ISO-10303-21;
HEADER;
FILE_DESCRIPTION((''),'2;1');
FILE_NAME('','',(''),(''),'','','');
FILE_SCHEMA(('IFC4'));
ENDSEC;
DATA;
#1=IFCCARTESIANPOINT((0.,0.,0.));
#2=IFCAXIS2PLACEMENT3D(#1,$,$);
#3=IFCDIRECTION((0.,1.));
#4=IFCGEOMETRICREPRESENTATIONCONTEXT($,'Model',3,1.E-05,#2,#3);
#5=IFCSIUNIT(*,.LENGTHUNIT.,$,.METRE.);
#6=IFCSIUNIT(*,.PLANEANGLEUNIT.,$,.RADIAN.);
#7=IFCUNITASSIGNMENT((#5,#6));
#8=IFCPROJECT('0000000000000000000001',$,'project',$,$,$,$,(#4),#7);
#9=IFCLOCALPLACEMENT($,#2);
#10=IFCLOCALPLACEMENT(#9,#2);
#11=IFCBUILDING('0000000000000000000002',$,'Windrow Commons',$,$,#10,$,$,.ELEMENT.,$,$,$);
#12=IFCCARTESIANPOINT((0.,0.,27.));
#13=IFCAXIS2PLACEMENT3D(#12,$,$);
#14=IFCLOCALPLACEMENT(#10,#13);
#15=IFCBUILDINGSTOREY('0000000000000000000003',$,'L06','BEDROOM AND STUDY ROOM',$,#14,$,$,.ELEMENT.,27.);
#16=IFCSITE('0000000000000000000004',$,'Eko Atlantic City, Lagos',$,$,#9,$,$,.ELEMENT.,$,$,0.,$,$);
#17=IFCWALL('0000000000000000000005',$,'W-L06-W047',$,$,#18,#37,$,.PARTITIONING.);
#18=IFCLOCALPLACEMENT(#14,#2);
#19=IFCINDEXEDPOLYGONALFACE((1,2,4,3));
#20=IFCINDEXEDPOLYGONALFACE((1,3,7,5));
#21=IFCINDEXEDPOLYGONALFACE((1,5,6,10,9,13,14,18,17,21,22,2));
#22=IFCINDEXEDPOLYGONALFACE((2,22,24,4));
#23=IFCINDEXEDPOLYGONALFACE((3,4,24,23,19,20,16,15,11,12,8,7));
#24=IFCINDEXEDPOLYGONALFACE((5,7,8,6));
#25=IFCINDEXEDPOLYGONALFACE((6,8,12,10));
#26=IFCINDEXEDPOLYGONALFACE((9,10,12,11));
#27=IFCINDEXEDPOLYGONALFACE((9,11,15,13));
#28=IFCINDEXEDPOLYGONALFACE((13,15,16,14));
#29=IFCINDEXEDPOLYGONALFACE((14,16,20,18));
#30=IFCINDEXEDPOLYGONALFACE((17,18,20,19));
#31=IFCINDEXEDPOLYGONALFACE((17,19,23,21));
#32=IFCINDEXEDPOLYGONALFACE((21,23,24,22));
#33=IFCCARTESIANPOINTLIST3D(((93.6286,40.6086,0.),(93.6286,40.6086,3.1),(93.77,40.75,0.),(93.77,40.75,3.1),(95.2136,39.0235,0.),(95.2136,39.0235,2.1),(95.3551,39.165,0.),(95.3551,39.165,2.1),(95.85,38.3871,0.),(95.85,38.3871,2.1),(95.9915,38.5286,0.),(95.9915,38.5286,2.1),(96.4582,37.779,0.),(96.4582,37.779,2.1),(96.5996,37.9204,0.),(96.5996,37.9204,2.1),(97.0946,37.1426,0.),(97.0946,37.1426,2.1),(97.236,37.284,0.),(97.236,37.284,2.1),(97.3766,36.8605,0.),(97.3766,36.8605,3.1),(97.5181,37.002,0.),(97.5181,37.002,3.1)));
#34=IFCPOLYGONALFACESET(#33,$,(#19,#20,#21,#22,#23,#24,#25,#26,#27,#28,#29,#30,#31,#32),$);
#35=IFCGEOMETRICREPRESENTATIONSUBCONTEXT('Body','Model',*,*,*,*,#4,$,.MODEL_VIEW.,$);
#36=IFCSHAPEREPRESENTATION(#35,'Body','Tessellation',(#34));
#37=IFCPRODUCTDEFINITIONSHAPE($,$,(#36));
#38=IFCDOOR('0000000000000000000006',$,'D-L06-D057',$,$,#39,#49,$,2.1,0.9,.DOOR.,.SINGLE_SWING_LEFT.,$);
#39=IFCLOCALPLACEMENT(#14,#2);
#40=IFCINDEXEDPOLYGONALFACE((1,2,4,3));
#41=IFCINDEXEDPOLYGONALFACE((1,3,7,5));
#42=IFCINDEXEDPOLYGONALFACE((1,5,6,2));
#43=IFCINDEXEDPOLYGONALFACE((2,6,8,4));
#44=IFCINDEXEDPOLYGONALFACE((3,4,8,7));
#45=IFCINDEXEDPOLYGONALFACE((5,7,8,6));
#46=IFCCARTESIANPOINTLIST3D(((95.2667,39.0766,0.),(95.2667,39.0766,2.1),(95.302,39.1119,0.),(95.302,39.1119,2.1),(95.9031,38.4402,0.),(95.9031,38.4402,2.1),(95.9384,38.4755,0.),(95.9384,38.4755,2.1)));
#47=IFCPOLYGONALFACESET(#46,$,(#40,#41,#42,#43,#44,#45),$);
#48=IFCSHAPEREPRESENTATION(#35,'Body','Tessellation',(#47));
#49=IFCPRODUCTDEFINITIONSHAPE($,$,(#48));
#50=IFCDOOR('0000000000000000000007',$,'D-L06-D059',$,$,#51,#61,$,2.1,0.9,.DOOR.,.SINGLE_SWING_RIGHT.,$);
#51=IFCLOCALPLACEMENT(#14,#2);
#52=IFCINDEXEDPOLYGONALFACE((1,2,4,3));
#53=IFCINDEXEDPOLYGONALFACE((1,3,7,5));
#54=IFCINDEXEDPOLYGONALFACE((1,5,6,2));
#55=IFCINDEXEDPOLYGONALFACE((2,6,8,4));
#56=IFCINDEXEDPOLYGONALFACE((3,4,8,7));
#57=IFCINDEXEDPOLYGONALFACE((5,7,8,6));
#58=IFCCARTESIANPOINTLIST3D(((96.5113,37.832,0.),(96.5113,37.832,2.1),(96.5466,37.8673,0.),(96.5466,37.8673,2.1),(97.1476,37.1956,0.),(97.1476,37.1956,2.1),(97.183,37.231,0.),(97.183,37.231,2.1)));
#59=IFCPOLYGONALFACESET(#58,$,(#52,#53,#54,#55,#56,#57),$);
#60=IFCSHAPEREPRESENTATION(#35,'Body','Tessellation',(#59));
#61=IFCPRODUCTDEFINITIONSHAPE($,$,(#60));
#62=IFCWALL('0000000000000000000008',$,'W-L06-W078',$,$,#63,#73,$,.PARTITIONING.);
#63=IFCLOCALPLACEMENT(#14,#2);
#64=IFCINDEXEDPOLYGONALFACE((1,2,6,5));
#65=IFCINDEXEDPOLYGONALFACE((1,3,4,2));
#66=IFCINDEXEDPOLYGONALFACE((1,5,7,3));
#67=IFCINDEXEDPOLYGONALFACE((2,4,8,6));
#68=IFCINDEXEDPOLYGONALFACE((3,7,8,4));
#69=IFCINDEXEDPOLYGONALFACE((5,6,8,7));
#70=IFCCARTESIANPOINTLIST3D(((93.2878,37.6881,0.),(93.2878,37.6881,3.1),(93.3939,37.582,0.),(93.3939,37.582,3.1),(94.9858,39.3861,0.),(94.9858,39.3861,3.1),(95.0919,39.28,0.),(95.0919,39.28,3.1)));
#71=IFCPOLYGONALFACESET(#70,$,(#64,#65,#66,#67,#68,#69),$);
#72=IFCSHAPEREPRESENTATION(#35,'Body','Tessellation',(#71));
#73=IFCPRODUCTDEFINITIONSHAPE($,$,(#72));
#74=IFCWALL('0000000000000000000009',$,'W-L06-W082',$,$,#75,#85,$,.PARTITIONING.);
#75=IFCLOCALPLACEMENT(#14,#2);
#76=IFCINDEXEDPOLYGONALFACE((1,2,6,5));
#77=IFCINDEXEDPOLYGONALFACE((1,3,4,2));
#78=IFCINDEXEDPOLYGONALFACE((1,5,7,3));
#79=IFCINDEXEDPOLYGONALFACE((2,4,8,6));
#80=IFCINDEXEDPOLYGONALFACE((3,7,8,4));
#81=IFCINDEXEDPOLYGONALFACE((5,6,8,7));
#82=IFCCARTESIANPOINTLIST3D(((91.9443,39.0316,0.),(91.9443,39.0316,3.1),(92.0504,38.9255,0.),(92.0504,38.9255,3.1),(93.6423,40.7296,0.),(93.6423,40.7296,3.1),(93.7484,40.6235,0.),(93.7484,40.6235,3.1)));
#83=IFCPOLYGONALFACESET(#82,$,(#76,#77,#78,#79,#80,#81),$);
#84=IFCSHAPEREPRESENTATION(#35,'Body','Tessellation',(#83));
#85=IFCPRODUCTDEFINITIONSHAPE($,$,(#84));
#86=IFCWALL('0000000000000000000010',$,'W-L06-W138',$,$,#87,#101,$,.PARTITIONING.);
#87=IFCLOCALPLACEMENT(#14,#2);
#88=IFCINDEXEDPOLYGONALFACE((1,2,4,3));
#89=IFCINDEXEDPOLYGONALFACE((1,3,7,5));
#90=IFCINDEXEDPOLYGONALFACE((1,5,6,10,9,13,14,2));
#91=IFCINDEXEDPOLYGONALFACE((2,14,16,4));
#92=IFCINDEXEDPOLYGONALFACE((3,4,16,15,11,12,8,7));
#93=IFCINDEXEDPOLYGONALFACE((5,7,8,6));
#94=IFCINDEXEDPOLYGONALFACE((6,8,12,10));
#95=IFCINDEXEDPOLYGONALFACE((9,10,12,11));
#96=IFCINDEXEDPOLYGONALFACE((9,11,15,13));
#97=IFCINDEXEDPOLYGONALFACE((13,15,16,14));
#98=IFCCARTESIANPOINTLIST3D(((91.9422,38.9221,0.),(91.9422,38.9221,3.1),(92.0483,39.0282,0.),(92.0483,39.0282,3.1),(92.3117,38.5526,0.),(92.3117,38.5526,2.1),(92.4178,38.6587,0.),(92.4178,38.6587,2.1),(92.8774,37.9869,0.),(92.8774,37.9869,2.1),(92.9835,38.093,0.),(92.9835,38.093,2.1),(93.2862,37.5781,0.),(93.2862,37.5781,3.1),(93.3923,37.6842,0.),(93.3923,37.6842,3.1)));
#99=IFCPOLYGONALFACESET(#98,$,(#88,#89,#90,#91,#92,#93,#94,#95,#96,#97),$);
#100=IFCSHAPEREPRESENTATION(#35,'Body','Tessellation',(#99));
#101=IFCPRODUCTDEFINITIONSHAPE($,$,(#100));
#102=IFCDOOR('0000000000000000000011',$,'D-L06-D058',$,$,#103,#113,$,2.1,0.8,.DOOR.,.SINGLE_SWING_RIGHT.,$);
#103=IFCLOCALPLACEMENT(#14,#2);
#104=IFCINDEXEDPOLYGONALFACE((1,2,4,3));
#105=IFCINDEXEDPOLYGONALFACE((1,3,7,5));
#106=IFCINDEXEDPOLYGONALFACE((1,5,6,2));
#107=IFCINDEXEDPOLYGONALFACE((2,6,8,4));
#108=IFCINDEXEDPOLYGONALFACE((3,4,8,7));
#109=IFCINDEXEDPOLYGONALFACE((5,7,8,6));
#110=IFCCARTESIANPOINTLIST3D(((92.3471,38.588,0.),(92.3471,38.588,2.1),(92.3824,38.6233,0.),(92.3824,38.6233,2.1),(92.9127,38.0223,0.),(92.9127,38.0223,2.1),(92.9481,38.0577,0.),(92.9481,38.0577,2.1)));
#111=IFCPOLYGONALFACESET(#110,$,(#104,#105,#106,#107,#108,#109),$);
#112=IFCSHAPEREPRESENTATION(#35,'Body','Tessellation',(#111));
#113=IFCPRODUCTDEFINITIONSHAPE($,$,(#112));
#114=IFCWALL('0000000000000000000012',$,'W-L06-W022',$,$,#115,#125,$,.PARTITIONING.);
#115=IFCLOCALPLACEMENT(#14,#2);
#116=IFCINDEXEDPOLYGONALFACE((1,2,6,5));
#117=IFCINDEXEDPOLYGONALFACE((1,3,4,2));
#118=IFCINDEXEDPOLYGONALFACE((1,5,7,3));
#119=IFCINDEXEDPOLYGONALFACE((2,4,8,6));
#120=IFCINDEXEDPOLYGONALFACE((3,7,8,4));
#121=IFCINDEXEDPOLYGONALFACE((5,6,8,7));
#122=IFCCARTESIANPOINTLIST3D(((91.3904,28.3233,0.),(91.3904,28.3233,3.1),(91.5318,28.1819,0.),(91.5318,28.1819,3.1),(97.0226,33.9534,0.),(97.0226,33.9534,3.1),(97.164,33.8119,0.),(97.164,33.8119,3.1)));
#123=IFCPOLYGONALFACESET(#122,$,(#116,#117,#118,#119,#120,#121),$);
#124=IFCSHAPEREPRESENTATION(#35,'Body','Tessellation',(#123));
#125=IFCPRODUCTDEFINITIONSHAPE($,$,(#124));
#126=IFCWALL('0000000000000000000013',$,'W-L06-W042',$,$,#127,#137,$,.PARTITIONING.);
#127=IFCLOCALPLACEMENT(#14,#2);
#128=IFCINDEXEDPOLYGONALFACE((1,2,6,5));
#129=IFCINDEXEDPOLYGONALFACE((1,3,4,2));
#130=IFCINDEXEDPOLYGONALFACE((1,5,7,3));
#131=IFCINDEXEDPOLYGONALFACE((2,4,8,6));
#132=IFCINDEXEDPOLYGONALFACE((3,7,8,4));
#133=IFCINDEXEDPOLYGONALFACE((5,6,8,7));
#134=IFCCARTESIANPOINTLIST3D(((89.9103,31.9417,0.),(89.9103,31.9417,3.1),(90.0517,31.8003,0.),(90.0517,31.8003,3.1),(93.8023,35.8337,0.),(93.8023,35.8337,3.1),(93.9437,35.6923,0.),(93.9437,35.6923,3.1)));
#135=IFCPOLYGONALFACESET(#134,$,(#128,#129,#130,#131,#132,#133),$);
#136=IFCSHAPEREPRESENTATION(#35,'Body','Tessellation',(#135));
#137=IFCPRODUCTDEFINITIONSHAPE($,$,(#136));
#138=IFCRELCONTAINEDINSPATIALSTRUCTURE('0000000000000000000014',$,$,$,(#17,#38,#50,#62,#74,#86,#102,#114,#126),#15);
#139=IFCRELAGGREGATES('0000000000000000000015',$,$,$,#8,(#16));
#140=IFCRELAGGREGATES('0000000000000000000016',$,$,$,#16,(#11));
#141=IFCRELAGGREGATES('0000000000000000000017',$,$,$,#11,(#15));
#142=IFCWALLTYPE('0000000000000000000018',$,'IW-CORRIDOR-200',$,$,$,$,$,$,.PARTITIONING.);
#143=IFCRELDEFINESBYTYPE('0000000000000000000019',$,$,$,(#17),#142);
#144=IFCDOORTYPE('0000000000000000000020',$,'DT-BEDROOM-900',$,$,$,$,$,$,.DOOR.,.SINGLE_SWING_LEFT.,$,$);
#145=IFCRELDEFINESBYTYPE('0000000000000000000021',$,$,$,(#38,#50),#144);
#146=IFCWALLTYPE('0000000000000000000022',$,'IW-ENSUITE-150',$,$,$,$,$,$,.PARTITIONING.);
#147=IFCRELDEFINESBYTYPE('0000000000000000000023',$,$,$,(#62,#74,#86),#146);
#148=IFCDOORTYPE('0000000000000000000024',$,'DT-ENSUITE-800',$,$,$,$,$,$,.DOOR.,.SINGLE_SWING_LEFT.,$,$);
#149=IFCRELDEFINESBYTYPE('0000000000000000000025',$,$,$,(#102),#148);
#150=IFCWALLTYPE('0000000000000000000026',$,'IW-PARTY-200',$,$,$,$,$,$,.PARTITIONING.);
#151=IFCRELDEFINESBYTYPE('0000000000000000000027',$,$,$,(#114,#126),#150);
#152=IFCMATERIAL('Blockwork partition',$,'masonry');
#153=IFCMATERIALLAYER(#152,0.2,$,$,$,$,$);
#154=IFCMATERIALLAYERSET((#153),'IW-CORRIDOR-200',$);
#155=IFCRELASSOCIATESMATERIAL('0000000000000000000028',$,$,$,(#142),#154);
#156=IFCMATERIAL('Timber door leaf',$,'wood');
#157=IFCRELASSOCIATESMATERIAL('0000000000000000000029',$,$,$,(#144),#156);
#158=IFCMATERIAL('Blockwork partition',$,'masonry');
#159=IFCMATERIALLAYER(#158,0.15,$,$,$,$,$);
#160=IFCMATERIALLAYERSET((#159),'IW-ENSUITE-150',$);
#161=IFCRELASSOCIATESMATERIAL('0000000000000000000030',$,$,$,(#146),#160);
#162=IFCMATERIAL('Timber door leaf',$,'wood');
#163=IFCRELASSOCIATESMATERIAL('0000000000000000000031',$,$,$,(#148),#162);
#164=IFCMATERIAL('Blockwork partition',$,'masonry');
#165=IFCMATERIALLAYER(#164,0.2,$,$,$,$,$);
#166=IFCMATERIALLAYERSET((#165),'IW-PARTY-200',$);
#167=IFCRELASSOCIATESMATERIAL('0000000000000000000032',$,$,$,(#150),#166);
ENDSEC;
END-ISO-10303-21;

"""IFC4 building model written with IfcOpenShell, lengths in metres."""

from ifc_helpers import new_model, si_unit, direction, frame, frame_2d, origin, place, context, subcontext, project, spatial, rectangle, extrude, material, layer, layer_set, type_object, element, fill, save


model = new_model("IFC4")

# Units and contexts
model_context = context("Model", 3, precision=1e-05, world=origin(), true_north=direction((0.0, 1.0)))
body_context = subcontext(model_context, "Body", "Model", "MODEL_VIEW")
ifc_project = project(units=[si_unit("LENGTHUNIT", "METRE"), si_unit("PLANEANGLEUNIT", "RADIAN")], contexts=[model_context])

# Site, building, storey
site_placement = place(None, origin())
site = spatial("IfcSite", under=ifc_project, at=site_placement, Name="Eko Atlantic City, Lagos", CompositionType="ELEMENT", RefElevation=0.0)
building_placement = place(site_placement, origin())
building = spatial("IfcBuilding", under=site, at=building_placement, Name="Windrow Commons", CompositionType="ELEMENT")
storey_placement = place(building_placement, frame((0.0, 0.0, 27.0)))
storey = spatial("IfcBuildingStorey", under=building, at=storey_placement, Name="L06", Description="BEDROOM AND STUDY ROOM", CompositionType="ELEMENT", Elevation=27.0)

# Wall, openings, doors
ifc_material_1 = material(Name="Blockwork partition", Category="masonry")
ifc_layer_1 = layer(ifc_material_1, 0.2)
ifc_layer_set_1 = layer_set([ifc_layer_1], Name="IW-CORRIDOR-200")
wall_type_1 = type_object("IfcWallType", Name="IW-CORRIDOR-200", PredefinedType="PARTITIONING", material=ifc_layer_set_1)
wall_1_placement = place(storey_placement, frame((93.6993, 40.6793, 0.0), z_axis=(0.0, 0.0, 1.0), x_axis=(0.707107, -0.707107, 0.0)))
wall_1 = element("IfcWall", 1, at=wall_1_placement, inside=storey, type_object=wall_type_1, Name="W-L06-W047", PredefinedType="PARTITIONING", context=body_context, shape_type="SweptSolid", body=[
    extrude(rectangle(XDim=5.3005, YDim=0.2, at=frame_2d((2.6503, 0.0))), origin(), (0.0, 0.0, 1.0), 3.1),
])
opening_1_placement = place(wall_1_placement, frame((2.2416, 0.0, 0.0)))
opening_1 = element("IfcOpeningElement", 2, at=opening_1_placement, cuts=wall_1, PredefinedType="OPENING", context=body_context, shape_type="SweptSolid", body=[
    extrude(rectangle(XDim=0.9, YDim=2.1, at=frame_2d((0.45, 1.05))), frame((0.0, 0.11, 0.0), z_axis=(0.0, -1.0, 0.0), x_axis=(1.0, 0.0, 0.0)), (0.0, 0.0, 1.0), 0.22),
])
opening_2_placement = place(wall_1_placement, frame((4.0017, 0.0, 0.0)))
opening_2 = element("IfcOpeningElement", 3, at=opening_2_placement, cuts=wall_1, PredefinedType="OPENING", context=body_context, shape_type="SweptSolid", body=[
    extrude(rectangle(XDim=0.9, YDim=2.1, at=frame_2d((0.45, 1.05))), frame((0.0, 0.11, 0.0), z_axis=(0.0, -1.0, 0.0), x_axis=(1.0, 0.0, 0.0)), (0.0, 0.0, 1.0), 0.22),
])
ifc_material_2 = material(Name="Timber door leaf", Category="wood")
door_type_1 = type_object("IfcDoorType", Name="DT-BEDROOM-900", OperationType="SINGLE_SWING_LEFT", PredefinedType="DOOR", material=ifc_material_2)
door_1_placement = place(opening_1_placement, origin())
door_1 = element("IfcDoor", 4, at=door_1_placement, inside=storey, type_object=door_type_1, Name="D-L06-D057", OperationType="SINGLE_SWING_LEFT", OverallHeight=2.1, OverallWidth=0.9, PredefinedType="DOOR", context=body_context, shape_type="SweptSolid", body=[
    extrude(rectangle(XDim=0.9, YDim=2.1, at=frame_2d((0.45, 1.05))), frame((0.0, 0.025, 0.0), z_axis=(0.0, -1.0, 0.0), x_axis=(1.0, 0.0, 0.0)), (0.0, 0.0, 1.0), 0.05),
])
fill(opening_1, door_1)
door_2_placement = place(opening_2_placement, origin())
door_2 = element("IfcDoor", 5, at=door_2_placement, inside=storey, type_object=door_type_1, Name="D-L06-D059", OperationType="SINGLE_SWING_RIGHT", OverallHeight=2.1, OverallWidth=0.9, PredefinedType="DOOR", context=body_context, shape_type="SweptSolid", body=[
    extrude(rectangle(XDim=0.9, YDim=2.1, at=frame_2d((0.45, 1.05))), frame((0.0, 0.025, 0.0), z_axis=(0.0, -1.0, 0.0), x_axis=(1.0, 0.0, 0.0)), (0.0, 0.0, 1.0), 0.05),
])
fill(opening_2, door_2)

# Walls
ifc_material_3 = material(Name="Blockwork partition", Category="masonry")
ifc_layer_2 = layer(ifc_material_3, 0.15)
ifc_layer_set_2 = layer_set([ifc_layer_2], Name="IW-ENSUITE-150")
wall_type_2 = type_object("IfcWallType", Name="IW-ENSUITE-150", PredefinedType="PARTITIONING", material=ifc_layer_set_2)
for number, where, z_axis, x_axis, name in (
    (6, (93.3409, 37.6351, 0.0), (0.0, 0.0, 1.0), (0.707107, 0.707107, 0.0), "W-L06-W078"),
    (7, (91.9974, 38.9786, 0.0), (0.0, 0.0, 1.0), (0.707107, 0.707107, 0.0), "W-L06-W082"),
):
    element("IfcWall", number, at=place(storey_placement, frame(where, z_axis=z_axis, x_axis=x_axis)), inside=storey, type_object=wall_type_2, Name=name, PredefinedType="PARTITIONING", context=body_context, shape_type="SweptSolid", body=[
        extrude(rectangle(XDim=2.4013, YDim=0.15, at=frame_2d((1.2006, 0.0))), origin(), (0.0, 0.0, 1.0), 3.1),
    ])

# Wall, opening, door
wall_2_placement = place(storey_placement, frame((91.9952, 38.9752, 0.0), z_axis=(0.0, 0.0, 1.0), x_axis=(0.707107, -0.707107, 0.0)))
wall_2 = element("IfcWall", 8, at=wall_2_placement, inside=storey, type_object=wall_type_2, Name="W-L06-W138", PredefinedType="PARTITIONING", context=body_context, shape_type="SweptSolid", body=[
    extrude(rectangle(XDim=1.9007, YDim=0.15, at=frame_2d((0.9504, 0.0))), origin(), (0.0, 0.0, 1.0), 3.1),
])
opening_3_placement = place(wall_2_placement, frame((0.5226, 0.0, 0.0)))
opening_3 = element("IfcOpeningElement", 9, at=opening_3_placement, cuts=wall_2, PredefinedType="OPENING", context=body_context, shape_type="SweptSolid", body=[
    extrude(rectangle(XDim=0.8, YDim=2.1, at=frame_2d((0.4, 1.05))), frame((0.0, 0.085, 0.0), z_axis=(0.0, -1.0, 0.0), x_axis=(1.0, 0.0, 0.0)), (0.0, 0.0, 1.0), 0.17),
])
ifc_material_4 = material(Name="Timber door leaf", Category="wood")
door_type_2 = type_object("IfcDoorType", Name="DT-ENSUITE-800", OperationType="SINGLE_SWING_LEFT", PredefinedType="DOOR", material=ifc_material_4)
door_3_placement = place(opening_3_placement, origin())
door_3 = element("IfcDoor", 10, at=door_3_placement, inside=storey, type_object=door_type_2, Name="D-L06-D058", OperationType="SINGLE_SWING_RIGHT", OverallHeight=2.1, OverallWidth=0.8, PredefinedType="DOOR", context=body_context, shape_type="SweptSolid", body=[
    extrude(rectangle(XDim=0.8, YDim=2.1, at=frame_2d((0.4, 1.05))), frame((0.0, 0.025, 0.0), z_axis=(0.0, -1.0, 0.0), x_axis=(1.0, 0.0, 0.0)), (0.0, 0.0, 1.0), 0.05),
])
fill(opening_3, door_3)

# Walls
ifc_material_5 = material(Name="Blockwork partition", Category="masonry")
ifc_layer_3 = layer(ifc_material_5, 0.2)
ifc_layer_set_3 = layer_set([ifc_layer_3], Name="IW-PARTY-200")
wall_type_3 = type_object("IfcWallType", Name="IW-PARTY-200", PredefinedType="PARTITIONING", material=ifc_layer_set_3)
wall_3_placement = place(storey_placement, frame((91.4611, 28.2526, 0.0), z_axis=(0.0, 0.0, 1.0), x_axis=(0.707239, 0.706975, 0.0)))
element("IfcWall", 11, at=wall_3_placement, inside=storey, type_object=wall_type_3, Name="W-L06-W022", PredefinedType="PARTITIONING", context=body_context, shape_type="SweptSolid", body=[
    extrude(rectangle(XDim=7.9636, YDim=0.2, at=frame_2d((3.9818, 0.0))), origin(), (0.0, 0.0, 1.0), 3.1),
])
wall_4_placement = place(storey_placement, frame((89.981, 31.871, 0.0), z_axis=(0.0, 0.0, 1.0), x_axis=(0.707107, 0.707107, 0.0)))
element("IfcWall", 12, at=wall_4_placement, inside=storey, type_object=wall_type_3, Name="W-L06-W042", PredefinedType="PARTITIONING", context=body_context, shape_type="SweptSolid", body=[
    extrude(rectangle(XDim=5.5041, YDim=0.2, at=frame_2d((2.7521, 0.0))), origin(), (0.0, 0.0, 1.0), 3.1),
])

save(model, "model.ifc")
